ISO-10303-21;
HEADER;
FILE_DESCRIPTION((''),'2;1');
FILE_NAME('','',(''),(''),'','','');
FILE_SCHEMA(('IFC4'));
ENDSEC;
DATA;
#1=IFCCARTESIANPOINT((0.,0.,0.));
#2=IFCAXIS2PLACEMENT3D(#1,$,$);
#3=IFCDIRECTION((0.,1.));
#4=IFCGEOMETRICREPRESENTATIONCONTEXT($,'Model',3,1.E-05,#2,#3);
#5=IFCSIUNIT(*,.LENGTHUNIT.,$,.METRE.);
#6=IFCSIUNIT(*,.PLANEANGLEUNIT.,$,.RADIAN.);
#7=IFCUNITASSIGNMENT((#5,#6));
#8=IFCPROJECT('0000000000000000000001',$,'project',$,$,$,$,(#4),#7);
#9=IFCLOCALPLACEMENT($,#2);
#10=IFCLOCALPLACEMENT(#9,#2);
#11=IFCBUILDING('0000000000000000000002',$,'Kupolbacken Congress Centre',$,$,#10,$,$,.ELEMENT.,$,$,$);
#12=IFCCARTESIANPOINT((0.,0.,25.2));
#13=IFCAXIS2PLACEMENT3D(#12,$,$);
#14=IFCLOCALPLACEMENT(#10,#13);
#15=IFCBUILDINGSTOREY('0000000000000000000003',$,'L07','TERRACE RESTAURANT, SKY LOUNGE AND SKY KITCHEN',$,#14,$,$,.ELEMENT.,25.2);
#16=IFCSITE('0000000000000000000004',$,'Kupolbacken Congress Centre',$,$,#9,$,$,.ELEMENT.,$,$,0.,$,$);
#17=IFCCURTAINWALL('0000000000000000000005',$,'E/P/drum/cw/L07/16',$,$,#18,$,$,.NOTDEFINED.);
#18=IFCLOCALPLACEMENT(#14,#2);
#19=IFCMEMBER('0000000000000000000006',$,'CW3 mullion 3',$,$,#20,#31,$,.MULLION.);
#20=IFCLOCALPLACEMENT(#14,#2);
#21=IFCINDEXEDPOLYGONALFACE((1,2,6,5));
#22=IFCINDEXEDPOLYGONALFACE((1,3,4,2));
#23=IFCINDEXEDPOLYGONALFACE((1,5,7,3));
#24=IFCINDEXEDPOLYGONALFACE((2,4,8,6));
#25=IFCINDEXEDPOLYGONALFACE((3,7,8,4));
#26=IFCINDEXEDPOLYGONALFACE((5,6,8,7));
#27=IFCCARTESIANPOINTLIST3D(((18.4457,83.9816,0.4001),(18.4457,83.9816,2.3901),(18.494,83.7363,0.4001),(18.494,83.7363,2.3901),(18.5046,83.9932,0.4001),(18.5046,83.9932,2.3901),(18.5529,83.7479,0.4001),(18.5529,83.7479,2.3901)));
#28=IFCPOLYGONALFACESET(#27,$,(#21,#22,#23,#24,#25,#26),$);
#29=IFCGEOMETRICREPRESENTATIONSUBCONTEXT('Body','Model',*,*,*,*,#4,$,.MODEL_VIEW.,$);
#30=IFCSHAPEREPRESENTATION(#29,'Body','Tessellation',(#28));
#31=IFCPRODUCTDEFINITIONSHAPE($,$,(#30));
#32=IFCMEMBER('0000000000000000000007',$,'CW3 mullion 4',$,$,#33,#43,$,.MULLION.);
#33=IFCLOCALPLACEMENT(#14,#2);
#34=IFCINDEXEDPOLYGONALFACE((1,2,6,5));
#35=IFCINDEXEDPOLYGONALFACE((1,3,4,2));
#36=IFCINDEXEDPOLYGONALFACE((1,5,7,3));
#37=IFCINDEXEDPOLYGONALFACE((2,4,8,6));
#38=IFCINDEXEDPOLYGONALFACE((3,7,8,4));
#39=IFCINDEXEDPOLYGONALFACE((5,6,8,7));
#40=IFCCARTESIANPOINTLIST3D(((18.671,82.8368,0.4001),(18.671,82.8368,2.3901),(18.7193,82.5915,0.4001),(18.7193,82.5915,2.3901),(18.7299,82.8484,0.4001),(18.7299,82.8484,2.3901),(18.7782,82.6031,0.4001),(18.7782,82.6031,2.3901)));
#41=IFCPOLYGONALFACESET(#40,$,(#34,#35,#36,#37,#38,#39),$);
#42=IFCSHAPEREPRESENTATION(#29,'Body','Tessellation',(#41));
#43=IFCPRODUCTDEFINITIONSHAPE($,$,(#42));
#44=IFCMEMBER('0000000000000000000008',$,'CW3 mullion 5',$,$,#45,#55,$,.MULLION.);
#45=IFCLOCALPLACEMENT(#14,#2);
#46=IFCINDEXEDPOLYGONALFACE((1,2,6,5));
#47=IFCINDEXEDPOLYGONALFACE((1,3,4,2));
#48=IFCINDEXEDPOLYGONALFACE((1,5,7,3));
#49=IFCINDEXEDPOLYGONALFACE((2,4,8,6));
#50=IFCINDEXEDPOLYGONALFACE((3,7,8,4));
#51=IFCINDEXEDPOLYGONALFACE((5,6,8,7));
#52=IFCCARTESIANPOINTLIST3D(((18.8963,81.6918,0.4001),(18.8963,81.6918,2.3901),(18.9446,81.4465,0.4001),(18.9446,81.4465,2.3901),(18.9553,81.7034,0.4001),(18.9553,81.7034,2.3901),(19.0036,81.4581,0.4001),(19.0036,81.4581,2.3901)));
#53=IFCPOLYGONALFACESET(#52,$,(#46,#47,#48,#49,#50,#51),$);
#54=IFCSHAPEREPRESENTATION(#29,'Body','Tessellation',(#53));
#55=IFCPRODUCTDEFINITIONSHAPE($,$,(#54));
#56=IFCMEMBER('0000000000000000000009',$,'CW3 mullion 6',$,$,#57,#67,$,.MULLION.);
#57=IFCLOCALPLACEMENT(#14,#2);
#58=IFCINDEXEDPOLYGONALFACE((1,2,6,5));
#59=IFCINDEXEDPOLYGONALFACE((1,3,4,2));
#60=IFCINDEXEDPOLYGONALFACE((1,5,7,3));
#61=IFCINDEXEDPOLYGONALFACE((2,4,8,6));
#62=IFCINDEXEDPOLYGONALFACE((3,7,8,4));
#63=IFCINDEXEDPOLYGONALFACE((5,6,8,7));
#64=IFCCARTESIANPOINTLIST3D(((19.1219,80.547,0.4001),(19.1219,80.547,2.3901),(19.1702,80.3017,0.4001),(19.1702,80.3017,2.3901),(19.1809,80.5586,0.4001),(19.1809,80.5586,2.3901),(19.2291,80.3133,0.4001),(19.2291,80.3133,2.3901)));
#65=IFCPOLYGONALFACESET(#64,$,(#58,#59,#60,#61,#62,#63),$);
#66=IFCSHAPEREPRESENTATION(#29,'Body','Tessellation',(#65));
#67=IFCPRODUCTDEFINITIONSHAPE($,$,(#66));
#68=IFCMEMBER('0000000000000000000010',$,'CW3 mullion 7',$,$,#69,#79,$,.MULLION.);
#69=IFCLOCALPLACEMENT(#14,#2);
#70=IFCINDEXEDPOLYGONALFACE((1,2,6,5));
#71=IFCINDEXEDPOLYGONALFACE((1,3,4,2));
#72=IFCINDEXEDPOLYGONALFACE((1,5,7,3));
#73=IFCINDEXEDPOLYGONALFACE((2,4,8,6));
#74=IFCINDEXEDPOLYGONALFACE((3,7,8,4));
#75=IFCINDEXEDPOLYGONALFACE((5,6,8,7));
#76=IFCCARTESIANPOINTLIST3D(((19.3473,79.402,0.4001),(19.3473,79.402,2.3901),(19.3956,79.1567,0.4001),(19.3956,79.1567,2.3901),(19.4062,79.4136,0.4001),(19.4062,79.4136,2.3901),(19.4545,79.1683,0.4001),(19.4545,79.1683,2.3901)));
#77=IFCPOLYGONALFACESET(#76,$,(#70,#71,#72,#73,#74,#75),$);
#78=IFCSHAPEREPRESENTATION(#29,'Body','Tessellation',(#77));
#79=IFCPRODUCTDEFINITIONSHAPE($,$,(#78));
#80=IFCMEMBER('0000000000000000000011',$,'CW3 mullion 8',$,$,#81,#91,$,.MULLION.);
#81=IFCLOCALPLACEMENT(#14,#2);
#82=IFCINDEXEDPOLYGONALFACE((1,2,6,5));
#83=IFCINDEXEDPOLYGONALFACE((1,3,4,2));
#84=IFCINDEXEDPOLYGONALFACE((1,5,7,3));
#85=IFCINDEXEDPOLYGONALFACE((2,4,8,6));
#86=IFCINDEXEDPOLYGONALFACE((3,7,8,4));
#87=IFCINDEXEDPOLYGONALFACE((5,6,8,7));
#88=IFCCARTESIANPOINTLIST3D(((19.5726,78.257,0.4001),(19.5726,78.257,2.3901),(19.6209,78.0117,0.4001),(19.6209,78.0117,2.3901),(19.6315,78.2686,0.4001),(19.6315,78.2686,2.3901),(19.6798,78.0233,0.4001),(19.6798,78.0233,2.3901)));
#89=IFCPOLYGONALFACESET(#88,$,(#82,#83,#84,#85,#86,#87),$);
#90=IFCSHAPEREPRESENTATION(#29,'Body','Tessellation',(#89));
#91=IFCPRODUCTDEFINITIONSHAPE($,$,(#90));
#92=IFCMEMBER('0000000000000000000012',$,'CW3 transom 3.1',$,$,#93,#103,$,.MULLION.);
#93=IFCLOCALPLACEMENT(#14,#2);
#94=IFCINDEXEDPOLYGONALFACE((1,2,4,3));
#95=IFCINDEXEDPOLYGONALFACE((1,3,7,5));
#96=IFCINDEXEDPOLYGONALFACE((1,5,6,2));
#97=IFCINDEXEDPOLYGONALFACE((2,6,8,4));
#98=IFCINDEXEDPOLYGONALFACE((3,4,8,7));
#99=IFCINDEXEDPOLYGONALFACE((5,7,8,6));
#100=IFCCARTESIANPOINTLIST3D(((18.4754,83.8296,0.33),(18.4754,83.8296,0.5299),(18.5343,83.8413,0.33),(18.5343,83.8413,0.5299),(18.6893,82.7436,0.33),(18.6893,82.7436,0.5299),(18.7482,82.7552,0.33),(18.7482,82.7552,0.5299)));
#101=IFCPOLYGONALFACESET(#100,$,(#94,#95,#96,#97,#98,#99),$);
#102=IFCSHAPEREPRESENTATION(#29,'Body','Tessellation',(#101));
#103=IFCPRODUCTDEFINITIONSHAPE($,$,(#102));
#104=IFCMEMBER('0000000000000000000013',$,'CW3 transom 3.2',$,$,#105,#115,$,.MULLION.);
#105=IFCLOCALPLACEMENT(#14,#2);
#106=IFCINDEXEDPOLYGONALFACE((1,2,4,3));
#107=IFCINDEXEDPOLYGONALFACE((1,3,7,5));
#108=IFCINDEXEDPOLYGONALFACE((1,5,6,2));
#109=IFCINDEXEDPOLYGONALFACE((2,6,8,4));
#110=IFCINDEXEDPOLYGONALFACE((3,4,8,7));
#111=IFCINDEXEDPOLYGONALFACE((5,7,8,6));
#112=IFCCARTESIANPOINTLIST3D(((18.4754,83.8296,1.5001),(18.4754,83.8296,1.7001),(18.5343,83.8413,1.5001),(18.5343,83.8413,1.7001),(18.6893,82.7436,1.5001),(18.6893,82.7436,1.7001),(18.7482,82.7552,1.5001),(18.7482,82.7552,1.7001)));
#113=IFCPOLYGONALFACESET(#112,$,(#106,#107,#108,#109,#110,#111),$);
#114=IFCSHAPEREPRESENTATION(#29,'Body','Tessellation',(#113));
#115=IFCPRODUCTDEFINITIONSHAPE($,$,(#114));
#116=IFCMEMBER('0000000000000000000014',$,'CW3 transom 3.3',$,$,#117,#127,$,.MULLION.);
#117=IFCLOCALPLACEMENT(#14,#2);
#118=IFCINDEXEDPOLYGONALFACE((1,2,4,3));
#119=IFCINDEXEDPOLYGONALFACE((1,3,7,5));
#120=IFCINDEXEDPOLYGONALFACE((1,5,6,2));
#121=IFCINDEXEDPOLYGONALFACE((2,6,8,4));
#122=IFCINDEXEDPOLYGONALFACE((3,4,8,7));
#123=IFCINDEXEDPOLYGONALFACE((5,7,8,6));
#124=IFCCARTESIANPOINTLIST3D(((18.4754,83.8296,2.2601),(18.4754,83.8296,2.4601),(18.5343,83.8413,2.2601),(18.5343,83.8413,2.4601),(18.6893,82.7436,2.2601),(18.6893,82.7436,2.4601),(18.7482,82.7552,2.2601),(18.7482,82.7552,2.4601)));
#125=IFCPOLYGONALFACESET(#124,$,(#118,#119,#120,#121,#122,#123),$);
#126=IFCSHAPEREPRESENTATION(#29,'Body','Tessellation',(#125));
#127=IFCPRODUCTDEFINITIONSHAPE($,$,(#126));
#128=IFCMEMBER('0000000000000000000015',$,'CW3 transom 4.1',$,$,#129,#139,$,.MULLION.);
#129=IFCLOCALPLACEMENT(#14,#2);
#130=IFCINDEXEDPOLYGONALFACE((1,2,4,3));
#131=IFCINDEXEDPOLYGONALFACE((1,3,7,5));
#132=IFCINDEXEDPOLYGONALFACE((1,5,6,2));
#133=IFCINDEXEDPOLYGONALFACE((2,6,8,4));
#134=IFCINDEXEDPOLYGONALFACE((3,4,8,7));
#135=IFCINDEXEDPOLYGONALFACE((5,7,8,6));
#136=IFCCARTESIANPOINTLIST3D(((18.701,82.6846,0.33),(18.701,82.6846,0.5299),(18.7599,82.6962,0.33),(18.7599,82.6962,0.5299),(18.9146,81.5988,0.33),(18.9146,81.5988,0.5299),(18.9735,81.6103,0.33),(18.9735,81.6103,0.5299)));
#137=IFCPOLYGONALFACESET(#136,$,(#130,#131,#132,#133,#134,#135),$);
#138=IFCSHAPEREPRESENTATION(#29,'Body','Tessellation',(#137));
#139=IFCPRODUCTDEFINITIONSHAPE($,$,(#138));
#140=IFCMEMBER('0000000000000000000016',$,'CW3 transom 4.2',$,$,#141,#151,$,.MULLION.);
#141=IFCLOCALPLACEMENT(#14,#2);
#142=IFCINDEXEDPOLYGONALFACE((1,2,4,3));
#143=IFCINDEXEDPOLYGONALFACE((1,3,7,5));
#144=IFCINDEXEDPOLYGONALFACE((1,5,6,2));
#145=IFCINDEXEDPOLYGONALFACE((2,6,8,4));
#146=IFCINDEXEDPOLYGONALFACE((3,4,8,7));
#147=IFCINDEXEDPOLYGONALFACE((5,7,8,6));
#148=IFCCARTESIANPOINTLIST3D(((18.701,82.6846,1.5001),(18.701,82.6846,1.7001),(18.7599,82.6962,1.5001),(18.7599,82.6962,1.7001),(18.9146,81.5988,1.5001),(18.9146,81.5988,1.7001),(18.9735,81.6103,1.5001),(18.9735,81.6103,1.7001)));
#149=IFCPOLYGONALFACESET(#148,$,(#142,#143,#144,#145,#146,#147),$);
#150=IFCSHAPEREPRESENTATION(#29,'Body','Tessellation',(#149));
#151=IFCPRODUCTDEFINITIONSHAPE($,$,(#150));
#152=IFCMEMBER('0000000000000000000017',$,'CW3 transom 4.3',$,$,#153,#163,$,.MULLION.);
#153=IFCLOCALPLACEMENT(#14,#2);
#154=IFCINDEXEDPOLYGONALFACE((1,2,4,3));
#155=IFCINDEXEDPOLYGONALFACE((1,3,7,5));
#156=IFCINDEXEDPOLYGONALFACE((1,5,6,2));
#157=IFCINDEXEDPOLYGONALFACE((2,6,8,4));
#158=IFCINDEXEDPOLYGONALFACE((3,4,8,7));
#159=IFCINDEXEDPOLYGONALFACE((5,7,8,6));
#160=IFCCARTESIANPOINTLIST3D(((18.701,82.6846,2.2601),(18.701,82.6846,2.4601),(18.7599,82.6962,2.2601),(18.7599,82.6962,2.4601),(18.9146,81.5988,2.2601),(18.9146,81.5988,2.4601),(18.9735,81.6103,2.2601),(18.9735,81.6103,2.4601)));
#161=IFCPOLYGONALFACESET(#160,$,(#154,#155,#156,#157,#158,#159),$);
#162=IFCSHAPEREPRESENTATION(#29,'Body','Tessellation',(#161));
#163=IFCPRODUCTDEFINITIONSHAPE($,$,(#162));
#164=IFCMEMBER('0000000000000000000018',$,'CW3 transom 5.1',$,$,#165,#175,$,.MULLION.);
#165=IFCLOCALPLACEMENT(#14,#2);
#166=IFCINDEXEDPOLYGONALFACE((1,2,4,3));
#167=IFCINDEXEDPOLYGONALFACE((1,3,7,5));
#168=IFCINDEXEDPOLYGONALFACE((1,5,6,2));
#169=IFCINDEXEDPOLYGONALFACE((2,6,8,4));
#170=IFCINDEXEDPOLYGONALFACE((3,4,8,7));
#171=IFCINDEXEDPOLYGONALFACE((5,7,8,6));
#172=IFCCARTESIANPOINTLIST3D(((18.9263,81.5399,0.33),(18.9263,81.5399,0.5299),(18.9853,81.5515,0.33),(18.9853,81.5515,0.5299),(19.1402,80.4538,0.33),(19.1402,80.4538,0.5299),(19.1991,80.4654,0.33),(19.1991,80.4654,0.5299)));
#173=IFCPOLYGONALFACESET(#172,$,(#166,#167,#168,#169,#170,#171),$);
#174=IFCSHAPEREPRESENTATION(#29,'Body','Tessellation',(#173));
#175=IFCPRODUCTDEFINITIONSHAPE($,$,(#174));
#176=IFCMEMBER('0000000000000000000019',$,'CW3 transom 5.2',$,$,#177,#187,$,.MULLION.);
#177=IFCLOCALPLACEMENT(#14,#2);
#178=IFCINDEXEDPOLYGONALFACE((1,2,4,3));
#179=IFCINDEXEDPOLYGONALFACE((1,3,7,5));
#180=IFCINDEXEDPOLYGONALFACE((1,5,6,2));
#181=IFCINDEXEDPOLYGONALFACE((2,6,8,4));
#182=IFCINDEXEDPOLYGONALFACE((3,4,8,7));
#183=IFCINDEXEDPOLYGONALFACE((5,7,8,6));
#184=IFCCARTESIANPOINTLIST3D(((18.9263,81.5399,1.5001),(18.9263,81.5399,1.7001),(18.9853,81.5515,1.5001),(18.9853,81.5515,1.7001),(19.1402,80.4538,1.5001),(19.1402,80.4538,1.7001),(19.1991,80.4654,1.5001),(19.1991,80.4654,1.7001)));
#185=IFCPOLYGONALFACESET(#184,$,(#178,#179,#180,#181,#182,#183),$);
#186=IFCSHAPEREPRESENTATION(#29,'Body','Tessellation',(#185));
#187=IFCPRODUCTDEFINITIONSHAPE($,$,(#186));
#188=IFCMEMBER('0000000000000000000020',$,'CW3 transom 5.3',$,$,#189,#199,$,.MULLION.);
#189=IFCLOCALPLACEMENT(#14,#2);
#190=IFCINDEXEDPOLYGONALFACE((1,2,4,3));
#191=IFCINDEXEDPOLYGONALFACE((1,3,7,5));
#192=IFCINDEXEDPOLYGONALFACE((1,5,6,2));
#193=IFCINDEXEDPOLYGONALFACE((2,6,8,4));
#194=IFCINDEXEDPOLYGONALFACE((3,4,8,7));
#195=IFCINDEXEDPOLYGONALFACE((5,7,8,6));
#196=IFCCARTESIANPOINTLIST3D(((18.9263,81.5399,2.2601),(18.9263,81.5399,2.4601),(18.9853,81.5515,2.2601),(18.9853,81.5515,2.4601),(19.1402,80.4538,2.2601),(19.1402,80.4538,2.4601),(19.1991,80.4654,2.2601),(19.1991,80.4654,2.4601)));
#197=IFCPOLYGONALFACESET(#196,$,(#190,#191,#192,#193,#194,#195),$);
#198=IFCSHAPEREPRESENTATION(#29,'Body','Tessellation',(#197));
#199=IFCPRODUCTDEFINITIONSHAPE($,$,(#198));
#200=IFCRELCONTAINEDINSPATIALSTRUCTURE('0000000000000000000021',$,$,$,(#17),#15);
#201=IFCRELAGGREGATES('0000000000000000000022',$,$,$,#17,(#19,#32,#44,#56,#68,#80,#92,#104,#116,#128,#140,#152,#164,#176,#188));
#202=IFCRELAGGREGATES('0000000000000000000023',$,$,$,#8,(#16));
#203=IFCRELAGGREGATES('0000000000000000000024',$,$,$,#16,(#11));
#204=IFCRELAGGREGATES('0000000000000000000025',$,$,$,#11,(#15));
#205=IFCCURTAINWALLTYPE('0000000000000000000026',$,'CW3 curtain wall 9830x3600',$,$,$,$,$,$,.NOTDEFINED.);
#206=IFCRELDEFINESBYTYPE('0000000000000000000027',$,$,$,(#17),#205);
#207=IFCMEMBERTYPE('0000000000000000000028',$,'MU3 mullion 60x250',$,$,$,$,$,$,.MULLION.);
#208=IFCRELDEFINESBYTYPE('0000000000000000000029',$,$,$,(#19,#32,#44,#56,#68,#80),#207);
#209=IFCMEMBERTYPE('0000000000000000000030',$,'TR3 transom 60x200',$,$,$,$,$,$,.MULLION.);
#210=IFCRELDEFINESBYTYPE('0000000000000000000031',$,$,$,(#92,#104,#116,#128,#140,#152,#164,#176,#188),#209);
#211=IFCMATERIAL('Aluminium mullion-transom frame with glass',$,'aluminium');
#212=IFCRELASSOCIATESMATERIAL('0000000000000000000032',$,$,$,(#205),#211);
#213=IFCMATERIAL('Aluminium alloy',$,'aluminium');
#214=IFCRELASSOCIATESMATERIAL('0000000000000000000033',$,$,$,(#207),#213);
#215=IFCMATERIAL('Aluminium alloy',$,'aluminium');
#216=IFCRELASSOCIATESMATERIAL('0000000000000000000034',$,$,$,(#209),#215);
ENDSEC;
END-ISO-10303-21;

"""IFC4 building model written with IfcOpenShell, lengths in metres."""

from ifc_helpers import new_model, si_unit, direction, frame, origin, origin_2d, place, context, subcontext, project, spatial, rectangle, extrude, material, material_profile, profile_set, type_object, element, aggregate, save


model = new_model("IFC4")

# Units and contexts
model_context = context("Model", 3, precision=1e-05, world=origin(), true_north=direction((0.0, 1.0)))
body_context = subcontext(model_context, "Body", "Model", "MODEL_VIEW")
ifc_project = project(units=[si_unit("LENGTHUNIT", "METRE"), si_unit("PLANEANGLEUNIT", "RADIAN")], contexts=[model_context])

# Site, building, storey
site_placement = place(None, origin())
site = spatial("IfcSite", under=ifc_project, at=site_placement, Name="Kupolbacken Congress Centre", CompositionType="ELEMENT", RefElevation=0.0)
building_placement = place(site_placement, origin())
building = spatial("IfcBuilding", under=site, at=building_placement, Name="Kupolbacken Congress Centre", CompositionType="ELEMENT")
storey_placement = place(building_placement, frame((0.0, 0.0, 25.2)))
storey = spatial("IfcBuildingStorey", under=building, at=storey_placement, Name="L07", Description="TERRACE RESTAURANT, SKY LOUNGE AND SKY KITCHEN", CompositionType="ELEMENT", Elevation=25.2)

# Curtain wall, members
ifc_material_1 = material(Name="Aluminium mullion-transom frame with glass", Category="aluminium")
curtain_wall_type = type_object("IfcCurtainWallType", Name="CW3 curtain wall 9830x3600", PredefinedType="NOTDEFINED", material=ifc_material_1)
curtain_wall_placement = place(storey_placement, origin())
curtain_wall = element("IfcCurtainWall", 1, at=curtain_wall_placement, inside=storey, type_object=curtain_wall_type, Name="E/P/drum/cw/L07/16", PredefinedType="NOTDEFINED")
ifc_material_2 = material(Name="Aluminium alloy", Category="aluminium")
ifc_material_profile_1 = material_profile(ifc_material_2, rectangle(XDim=0.0601, YDim=0.25, at=origin_2d()), Name="60 x 250")
ifc_profile_set_1 = profile_set([ifc_material_profile_1], Name="Aluminium alloy")
member_type_1 = type_object("IfcMemberType", Name="MU3 mullion 60x250", PredefinedType="MULLION", material=ifc_profile_set_1)
member_1_placement = place(storey_placement, frame((18.4993, 83.8647, 0.4001), z_axis=(0.0, 0.0, 1.0), x_axis=(0.981163, 0.193182, 0.0)))
member_1 = element("IfcMember", 2, at=member_1_placement, type_object=member_type_1, Name="CW3 mullion 3", PredefinedType="MULLION", context=body_context, shape_type="SweptSolid", body=[
    extrude(rectangle(XDim=0.0601, YDim=0.25, at=origin_2d()), origin(), (0.0, 0.0, 1.0), 1.99),
])
member_2_placement = place(storey_placement, frame((18.7246, 82.72, 0.4001), z_axis=(0.0, 0.0, 1.0), x_axis=(0.981163, 0.193182, 0.0)))
member_2 = element("IfcMember", 3, at=member_2_placement, type_object=member_type_1, Name="CW3 mullion 4", PredefinedType="MULLION", context=body_context, shape_type="SweptSolid", body=[
    extrude(rectangle(XDim=0.0601, YDim=0.25, at=origin_2d()), origin(), (0.0, 0.0, 1.0), 1.99),
])
member_3_placement = place(storey_placement, frame((18.95, 81.575, 0.4001), z_axis=(0.0, 0.0, 1.0), x_axis=(0.981163, 0.193182, 0.0)))
member_3 = element("IfcMember", 4, at=member_3_placement, type_object=member_type_1, Name="CW3 mullion 5", PredefinedType="MULLION", context=body_context, shape_type="SweptSolid", body=[
    extrude(rectangle(XDim=0.0601, YDim=0.25, at=origin_2d()), origin(), (0.0, 0.0, 1.0), 1.99),
])
member_4_placement = place(storey_placement, frame((19.1755, 80.4302, 0.4001), z_axis=(0.0, 0.0, 1.0), x_axis=(0.981163, 0.193182, 0.0)))
member_4 = element("IfcMember", 5, at=member_4_placement, type_object=member_type_1, Name="CW3 mullion 6", PredefinedType="MULLION", context=body_context, shape_type="SweptSolid", body=[
    extrude(rectangle(XDim=0.0601, YDim=0.25, at=origin_2d()), origin(), (0.0, 0.0, 1.0), 1.99),
])
member_5_placement = place(storey_placement, frame((19.4009, 79.2852, 0.4001), z_axis=(0.0, 0.0, 1.0), x_axis=(0.981163, 0.193182, 0.0)))
member_5 = element("IfcMember", 6, at=member_5_placement, type_object=member_type_1, Name="CW3 mullion 7", PredefinedType="MULLION", context=body_context, shape_type="SweptSolid", body=[
    extrude(rectangle(XDim=0.0601, YDim=0.25, at=origin_2d()), origin(), (0.0, 0.0, 1.0), 1.99),
])
member_6_placement = place(storey_placement, frame((19.6262, 78.1401, 0.4001), z_axis=(0.0, 0.0, 1.0), x_axis=(0.981163, 0.193182, 0.0)))
member_6 = element("IfcMember", 7, at=member_6_placement, type_object=member_type_1, Name="CW3 mullion 8", PredefinedType="MULLION", context=body_context, shape_type="SweptSolid", body=[
    extrude(rectangle(XDim=0.0601, YDim=0.25, at=origin_2d()), origin(), (0.0, 0.0, 1.0), 1.99),
])
ifc_material_3 = material(Name="Aluminium alloy", Category="aluminium")
ifc_material_profile_2 = material_profile(ifc_material_3, rectangle(XDim=0.0601, YDim=0.2, at=origin_2d()), Name="60 x 200")
ifc_profile_set_2 = profile_set([ifc_material_profile_2], Name="Aluminium alloy")
member_type_2 = type_object("IfcMemberType", Name="TR3 transom 60x200", PredefinedType="MULLION", material=ifc_profile_set_2)
member_7_placement = place(storey_placement, frame((18.5049, 83.8354, 0.4299), z_axis=(0.193189, -0.981162, 0.0), x_axis=(0.981162, 0.193189, 0.0)))
member_7 = element("IfcMember", 8, at=member_7_placement, type_object=member_type_2, Name="CW3 transom 3.1", PredefinedType="MULLION", context=body_context, shape_type="SweptSolid", body=[
    extrude(rectangle(XDim=0.0601, YDim=0.2, at=origin_2d()), origin(), (0.0, 0.0, 1.0), 1.1069),
])
member_8_placement = place(storey_placement, frame((18.5049, 83.8354, 1.6001), z_axis=(0.193189, -0.981162, 0.0), x_axis=(0.981162, 0.193189, 0.0)))
member_8 = element("IfcMember", 9, at=member_8_placement, type_object=member_type_2, Name="CW3 transom 3.2", PredefinedType="MULLION", context=body_context, shape_type="SweptSolid", body=[
    extrude(rectangle(XDim=0.0601, YDim=0.2, at=origin_2d()), origin(), (0.0, 0.0, 1.0), 1.1069),
])
member_9_placement = place(storey_placement, frame((18.5049, 83.8354, 2.3601), z_axis=(0.193189, -0.981162, 0.0), x_axis=(0.981162, 0.193189, 0.0)))
member_9 = element("IfcMember", 10, at=member_9_placement, type_object=member_type_2, Name="CW3 transom 3.3", PredefinedType="MULLION", context=body_context, shape_type="SweptSolid", body=[
    extrude(rectangle(XDim=0.0601, YDim=0.2, at=origin_2d()), origin(), (0.0, 0.0, 1.0), 1.1069),
])
member_10_placement = place(storey_placement, frame((18.7305, 82.6904, 0.4299), z_axis=(0.193018, -0.981195, 0.0), x_axis=(0.981195, 0.193018, 0.0)))
member_10 = element("IfcMember", 11, at=member_10_placement, type_object=member_type_2, Name="CW3 transom 4.1", PredefinedType="MULLION", context=body_context, shape_type="SweptSolid", body=[
    extrude(rectangle(XDim=0.0601, YDim=0.2, at=origin_2d()), origin(), (0.0, 0.0, 1.0), 1.1067),
])
member_11_placement = place(storey_placement, frame((18.7305, 82.6904, 1.6001), z_axis=(0.193018, -0.981195, 0.0), x_axis=(0.981195, 0.193018, 0.0)))
member_11 = element("IfcMember", 12, at=member_11_placement, type_object=member_type_2, Name="CW3 transom 4.2", PredefinedType="MULLION", context=body_context, shape_type="SweptSolid", body=[
    extrude(rectangle(XDim=0.0601, YDim=0.2, at=origin_2d()), origin(), (0.0, 0.0, 1.0), 1.1067),
])
member_12_placement = place(storey_placement, frame((18.7305, 82.6904, 2.3601), z_axis=(0.193018, -0.981195, 0.0), x_axis=(0.981195, 0.193018, 0.0)))
member_12 = element("IfcMember", 13, at=member_12_placement, type_object=member_type_2, Name="CW3 transom 4.3", PredefinedType="MULLION", context=body_context, shape_type="SweptSolid", body=[
    extrude(rectangle(XDim=0.0601, YDim=0.2, at=origin_2d()), origin(), (0.0, 0.0, 1.0), 1.1067),
])
member_13_placement = place(storey_placement, frame((18.9558, 81.5457, 0.4299), z_axis=(0.193189, -0.981162, 0.0), x_axis=(0.981162, 0.193189, 0.0)))
member_13 = element("IfcMember", 14, at=member_13_placement, type_object=member_type_2, Name="CW3 transom 5.1", PredefinedType="MULLION", context=body_context, shape_type="SweptSolid", body=[
    extrude(rectangle(XDim=0.0601, YDim=0.2, at=origin_2d()), origin(), (0.0, 0.0, 1.0), 1.1069),
])
member_14_placement = place(storey_placement, frame((18.9558, 81.5457, 1.6001), z_axis=(0.193189, -0.981162, 0.0), x_axis=(0.981162, 0.193189, 0.0)))
member_14 = element("IfcMember", 15, at=member_14_placement, type_object=member_type_2, Name="CW3 transom 5.2", PredefinedType="MULLION", context=body_context, shape_type="SweptSolid", body=[
    extrude(rectangle(XDim=0.0601, YDim=0.2, at=origin_2d()), origin(), (0.0, 0.0, 1.0), 1.1069),
])
member_15_placement = place(storey_placement, frame((18.9558, 81.5457, 2.3601), z_axis=(0.193189, -0.981162, 0.0), x_axis=(0.981162, 0.193189, 0.0)))
member_15 = element("IfcMember", 16, at=member_15_placement, type_object=member_type_2, Name="CW3 transom 5.3", PredefinedType="MULLION", context=body_context, shape_type="SweptSolid", body=[
    extrude(rectangle(XDim=0.0601, YDim=0.2, at=origin_2d()), origin(), (0.0, 0.0, 1.0), 1.1069),
])
aggregate(curtain_wall, [member_1, member_2, member_3, member_4, member_5, member_6, member_7, member_8, member_9, member_10, member_11, member_12, member_13, member_14, member_15])

save(model, "model.ifc")
